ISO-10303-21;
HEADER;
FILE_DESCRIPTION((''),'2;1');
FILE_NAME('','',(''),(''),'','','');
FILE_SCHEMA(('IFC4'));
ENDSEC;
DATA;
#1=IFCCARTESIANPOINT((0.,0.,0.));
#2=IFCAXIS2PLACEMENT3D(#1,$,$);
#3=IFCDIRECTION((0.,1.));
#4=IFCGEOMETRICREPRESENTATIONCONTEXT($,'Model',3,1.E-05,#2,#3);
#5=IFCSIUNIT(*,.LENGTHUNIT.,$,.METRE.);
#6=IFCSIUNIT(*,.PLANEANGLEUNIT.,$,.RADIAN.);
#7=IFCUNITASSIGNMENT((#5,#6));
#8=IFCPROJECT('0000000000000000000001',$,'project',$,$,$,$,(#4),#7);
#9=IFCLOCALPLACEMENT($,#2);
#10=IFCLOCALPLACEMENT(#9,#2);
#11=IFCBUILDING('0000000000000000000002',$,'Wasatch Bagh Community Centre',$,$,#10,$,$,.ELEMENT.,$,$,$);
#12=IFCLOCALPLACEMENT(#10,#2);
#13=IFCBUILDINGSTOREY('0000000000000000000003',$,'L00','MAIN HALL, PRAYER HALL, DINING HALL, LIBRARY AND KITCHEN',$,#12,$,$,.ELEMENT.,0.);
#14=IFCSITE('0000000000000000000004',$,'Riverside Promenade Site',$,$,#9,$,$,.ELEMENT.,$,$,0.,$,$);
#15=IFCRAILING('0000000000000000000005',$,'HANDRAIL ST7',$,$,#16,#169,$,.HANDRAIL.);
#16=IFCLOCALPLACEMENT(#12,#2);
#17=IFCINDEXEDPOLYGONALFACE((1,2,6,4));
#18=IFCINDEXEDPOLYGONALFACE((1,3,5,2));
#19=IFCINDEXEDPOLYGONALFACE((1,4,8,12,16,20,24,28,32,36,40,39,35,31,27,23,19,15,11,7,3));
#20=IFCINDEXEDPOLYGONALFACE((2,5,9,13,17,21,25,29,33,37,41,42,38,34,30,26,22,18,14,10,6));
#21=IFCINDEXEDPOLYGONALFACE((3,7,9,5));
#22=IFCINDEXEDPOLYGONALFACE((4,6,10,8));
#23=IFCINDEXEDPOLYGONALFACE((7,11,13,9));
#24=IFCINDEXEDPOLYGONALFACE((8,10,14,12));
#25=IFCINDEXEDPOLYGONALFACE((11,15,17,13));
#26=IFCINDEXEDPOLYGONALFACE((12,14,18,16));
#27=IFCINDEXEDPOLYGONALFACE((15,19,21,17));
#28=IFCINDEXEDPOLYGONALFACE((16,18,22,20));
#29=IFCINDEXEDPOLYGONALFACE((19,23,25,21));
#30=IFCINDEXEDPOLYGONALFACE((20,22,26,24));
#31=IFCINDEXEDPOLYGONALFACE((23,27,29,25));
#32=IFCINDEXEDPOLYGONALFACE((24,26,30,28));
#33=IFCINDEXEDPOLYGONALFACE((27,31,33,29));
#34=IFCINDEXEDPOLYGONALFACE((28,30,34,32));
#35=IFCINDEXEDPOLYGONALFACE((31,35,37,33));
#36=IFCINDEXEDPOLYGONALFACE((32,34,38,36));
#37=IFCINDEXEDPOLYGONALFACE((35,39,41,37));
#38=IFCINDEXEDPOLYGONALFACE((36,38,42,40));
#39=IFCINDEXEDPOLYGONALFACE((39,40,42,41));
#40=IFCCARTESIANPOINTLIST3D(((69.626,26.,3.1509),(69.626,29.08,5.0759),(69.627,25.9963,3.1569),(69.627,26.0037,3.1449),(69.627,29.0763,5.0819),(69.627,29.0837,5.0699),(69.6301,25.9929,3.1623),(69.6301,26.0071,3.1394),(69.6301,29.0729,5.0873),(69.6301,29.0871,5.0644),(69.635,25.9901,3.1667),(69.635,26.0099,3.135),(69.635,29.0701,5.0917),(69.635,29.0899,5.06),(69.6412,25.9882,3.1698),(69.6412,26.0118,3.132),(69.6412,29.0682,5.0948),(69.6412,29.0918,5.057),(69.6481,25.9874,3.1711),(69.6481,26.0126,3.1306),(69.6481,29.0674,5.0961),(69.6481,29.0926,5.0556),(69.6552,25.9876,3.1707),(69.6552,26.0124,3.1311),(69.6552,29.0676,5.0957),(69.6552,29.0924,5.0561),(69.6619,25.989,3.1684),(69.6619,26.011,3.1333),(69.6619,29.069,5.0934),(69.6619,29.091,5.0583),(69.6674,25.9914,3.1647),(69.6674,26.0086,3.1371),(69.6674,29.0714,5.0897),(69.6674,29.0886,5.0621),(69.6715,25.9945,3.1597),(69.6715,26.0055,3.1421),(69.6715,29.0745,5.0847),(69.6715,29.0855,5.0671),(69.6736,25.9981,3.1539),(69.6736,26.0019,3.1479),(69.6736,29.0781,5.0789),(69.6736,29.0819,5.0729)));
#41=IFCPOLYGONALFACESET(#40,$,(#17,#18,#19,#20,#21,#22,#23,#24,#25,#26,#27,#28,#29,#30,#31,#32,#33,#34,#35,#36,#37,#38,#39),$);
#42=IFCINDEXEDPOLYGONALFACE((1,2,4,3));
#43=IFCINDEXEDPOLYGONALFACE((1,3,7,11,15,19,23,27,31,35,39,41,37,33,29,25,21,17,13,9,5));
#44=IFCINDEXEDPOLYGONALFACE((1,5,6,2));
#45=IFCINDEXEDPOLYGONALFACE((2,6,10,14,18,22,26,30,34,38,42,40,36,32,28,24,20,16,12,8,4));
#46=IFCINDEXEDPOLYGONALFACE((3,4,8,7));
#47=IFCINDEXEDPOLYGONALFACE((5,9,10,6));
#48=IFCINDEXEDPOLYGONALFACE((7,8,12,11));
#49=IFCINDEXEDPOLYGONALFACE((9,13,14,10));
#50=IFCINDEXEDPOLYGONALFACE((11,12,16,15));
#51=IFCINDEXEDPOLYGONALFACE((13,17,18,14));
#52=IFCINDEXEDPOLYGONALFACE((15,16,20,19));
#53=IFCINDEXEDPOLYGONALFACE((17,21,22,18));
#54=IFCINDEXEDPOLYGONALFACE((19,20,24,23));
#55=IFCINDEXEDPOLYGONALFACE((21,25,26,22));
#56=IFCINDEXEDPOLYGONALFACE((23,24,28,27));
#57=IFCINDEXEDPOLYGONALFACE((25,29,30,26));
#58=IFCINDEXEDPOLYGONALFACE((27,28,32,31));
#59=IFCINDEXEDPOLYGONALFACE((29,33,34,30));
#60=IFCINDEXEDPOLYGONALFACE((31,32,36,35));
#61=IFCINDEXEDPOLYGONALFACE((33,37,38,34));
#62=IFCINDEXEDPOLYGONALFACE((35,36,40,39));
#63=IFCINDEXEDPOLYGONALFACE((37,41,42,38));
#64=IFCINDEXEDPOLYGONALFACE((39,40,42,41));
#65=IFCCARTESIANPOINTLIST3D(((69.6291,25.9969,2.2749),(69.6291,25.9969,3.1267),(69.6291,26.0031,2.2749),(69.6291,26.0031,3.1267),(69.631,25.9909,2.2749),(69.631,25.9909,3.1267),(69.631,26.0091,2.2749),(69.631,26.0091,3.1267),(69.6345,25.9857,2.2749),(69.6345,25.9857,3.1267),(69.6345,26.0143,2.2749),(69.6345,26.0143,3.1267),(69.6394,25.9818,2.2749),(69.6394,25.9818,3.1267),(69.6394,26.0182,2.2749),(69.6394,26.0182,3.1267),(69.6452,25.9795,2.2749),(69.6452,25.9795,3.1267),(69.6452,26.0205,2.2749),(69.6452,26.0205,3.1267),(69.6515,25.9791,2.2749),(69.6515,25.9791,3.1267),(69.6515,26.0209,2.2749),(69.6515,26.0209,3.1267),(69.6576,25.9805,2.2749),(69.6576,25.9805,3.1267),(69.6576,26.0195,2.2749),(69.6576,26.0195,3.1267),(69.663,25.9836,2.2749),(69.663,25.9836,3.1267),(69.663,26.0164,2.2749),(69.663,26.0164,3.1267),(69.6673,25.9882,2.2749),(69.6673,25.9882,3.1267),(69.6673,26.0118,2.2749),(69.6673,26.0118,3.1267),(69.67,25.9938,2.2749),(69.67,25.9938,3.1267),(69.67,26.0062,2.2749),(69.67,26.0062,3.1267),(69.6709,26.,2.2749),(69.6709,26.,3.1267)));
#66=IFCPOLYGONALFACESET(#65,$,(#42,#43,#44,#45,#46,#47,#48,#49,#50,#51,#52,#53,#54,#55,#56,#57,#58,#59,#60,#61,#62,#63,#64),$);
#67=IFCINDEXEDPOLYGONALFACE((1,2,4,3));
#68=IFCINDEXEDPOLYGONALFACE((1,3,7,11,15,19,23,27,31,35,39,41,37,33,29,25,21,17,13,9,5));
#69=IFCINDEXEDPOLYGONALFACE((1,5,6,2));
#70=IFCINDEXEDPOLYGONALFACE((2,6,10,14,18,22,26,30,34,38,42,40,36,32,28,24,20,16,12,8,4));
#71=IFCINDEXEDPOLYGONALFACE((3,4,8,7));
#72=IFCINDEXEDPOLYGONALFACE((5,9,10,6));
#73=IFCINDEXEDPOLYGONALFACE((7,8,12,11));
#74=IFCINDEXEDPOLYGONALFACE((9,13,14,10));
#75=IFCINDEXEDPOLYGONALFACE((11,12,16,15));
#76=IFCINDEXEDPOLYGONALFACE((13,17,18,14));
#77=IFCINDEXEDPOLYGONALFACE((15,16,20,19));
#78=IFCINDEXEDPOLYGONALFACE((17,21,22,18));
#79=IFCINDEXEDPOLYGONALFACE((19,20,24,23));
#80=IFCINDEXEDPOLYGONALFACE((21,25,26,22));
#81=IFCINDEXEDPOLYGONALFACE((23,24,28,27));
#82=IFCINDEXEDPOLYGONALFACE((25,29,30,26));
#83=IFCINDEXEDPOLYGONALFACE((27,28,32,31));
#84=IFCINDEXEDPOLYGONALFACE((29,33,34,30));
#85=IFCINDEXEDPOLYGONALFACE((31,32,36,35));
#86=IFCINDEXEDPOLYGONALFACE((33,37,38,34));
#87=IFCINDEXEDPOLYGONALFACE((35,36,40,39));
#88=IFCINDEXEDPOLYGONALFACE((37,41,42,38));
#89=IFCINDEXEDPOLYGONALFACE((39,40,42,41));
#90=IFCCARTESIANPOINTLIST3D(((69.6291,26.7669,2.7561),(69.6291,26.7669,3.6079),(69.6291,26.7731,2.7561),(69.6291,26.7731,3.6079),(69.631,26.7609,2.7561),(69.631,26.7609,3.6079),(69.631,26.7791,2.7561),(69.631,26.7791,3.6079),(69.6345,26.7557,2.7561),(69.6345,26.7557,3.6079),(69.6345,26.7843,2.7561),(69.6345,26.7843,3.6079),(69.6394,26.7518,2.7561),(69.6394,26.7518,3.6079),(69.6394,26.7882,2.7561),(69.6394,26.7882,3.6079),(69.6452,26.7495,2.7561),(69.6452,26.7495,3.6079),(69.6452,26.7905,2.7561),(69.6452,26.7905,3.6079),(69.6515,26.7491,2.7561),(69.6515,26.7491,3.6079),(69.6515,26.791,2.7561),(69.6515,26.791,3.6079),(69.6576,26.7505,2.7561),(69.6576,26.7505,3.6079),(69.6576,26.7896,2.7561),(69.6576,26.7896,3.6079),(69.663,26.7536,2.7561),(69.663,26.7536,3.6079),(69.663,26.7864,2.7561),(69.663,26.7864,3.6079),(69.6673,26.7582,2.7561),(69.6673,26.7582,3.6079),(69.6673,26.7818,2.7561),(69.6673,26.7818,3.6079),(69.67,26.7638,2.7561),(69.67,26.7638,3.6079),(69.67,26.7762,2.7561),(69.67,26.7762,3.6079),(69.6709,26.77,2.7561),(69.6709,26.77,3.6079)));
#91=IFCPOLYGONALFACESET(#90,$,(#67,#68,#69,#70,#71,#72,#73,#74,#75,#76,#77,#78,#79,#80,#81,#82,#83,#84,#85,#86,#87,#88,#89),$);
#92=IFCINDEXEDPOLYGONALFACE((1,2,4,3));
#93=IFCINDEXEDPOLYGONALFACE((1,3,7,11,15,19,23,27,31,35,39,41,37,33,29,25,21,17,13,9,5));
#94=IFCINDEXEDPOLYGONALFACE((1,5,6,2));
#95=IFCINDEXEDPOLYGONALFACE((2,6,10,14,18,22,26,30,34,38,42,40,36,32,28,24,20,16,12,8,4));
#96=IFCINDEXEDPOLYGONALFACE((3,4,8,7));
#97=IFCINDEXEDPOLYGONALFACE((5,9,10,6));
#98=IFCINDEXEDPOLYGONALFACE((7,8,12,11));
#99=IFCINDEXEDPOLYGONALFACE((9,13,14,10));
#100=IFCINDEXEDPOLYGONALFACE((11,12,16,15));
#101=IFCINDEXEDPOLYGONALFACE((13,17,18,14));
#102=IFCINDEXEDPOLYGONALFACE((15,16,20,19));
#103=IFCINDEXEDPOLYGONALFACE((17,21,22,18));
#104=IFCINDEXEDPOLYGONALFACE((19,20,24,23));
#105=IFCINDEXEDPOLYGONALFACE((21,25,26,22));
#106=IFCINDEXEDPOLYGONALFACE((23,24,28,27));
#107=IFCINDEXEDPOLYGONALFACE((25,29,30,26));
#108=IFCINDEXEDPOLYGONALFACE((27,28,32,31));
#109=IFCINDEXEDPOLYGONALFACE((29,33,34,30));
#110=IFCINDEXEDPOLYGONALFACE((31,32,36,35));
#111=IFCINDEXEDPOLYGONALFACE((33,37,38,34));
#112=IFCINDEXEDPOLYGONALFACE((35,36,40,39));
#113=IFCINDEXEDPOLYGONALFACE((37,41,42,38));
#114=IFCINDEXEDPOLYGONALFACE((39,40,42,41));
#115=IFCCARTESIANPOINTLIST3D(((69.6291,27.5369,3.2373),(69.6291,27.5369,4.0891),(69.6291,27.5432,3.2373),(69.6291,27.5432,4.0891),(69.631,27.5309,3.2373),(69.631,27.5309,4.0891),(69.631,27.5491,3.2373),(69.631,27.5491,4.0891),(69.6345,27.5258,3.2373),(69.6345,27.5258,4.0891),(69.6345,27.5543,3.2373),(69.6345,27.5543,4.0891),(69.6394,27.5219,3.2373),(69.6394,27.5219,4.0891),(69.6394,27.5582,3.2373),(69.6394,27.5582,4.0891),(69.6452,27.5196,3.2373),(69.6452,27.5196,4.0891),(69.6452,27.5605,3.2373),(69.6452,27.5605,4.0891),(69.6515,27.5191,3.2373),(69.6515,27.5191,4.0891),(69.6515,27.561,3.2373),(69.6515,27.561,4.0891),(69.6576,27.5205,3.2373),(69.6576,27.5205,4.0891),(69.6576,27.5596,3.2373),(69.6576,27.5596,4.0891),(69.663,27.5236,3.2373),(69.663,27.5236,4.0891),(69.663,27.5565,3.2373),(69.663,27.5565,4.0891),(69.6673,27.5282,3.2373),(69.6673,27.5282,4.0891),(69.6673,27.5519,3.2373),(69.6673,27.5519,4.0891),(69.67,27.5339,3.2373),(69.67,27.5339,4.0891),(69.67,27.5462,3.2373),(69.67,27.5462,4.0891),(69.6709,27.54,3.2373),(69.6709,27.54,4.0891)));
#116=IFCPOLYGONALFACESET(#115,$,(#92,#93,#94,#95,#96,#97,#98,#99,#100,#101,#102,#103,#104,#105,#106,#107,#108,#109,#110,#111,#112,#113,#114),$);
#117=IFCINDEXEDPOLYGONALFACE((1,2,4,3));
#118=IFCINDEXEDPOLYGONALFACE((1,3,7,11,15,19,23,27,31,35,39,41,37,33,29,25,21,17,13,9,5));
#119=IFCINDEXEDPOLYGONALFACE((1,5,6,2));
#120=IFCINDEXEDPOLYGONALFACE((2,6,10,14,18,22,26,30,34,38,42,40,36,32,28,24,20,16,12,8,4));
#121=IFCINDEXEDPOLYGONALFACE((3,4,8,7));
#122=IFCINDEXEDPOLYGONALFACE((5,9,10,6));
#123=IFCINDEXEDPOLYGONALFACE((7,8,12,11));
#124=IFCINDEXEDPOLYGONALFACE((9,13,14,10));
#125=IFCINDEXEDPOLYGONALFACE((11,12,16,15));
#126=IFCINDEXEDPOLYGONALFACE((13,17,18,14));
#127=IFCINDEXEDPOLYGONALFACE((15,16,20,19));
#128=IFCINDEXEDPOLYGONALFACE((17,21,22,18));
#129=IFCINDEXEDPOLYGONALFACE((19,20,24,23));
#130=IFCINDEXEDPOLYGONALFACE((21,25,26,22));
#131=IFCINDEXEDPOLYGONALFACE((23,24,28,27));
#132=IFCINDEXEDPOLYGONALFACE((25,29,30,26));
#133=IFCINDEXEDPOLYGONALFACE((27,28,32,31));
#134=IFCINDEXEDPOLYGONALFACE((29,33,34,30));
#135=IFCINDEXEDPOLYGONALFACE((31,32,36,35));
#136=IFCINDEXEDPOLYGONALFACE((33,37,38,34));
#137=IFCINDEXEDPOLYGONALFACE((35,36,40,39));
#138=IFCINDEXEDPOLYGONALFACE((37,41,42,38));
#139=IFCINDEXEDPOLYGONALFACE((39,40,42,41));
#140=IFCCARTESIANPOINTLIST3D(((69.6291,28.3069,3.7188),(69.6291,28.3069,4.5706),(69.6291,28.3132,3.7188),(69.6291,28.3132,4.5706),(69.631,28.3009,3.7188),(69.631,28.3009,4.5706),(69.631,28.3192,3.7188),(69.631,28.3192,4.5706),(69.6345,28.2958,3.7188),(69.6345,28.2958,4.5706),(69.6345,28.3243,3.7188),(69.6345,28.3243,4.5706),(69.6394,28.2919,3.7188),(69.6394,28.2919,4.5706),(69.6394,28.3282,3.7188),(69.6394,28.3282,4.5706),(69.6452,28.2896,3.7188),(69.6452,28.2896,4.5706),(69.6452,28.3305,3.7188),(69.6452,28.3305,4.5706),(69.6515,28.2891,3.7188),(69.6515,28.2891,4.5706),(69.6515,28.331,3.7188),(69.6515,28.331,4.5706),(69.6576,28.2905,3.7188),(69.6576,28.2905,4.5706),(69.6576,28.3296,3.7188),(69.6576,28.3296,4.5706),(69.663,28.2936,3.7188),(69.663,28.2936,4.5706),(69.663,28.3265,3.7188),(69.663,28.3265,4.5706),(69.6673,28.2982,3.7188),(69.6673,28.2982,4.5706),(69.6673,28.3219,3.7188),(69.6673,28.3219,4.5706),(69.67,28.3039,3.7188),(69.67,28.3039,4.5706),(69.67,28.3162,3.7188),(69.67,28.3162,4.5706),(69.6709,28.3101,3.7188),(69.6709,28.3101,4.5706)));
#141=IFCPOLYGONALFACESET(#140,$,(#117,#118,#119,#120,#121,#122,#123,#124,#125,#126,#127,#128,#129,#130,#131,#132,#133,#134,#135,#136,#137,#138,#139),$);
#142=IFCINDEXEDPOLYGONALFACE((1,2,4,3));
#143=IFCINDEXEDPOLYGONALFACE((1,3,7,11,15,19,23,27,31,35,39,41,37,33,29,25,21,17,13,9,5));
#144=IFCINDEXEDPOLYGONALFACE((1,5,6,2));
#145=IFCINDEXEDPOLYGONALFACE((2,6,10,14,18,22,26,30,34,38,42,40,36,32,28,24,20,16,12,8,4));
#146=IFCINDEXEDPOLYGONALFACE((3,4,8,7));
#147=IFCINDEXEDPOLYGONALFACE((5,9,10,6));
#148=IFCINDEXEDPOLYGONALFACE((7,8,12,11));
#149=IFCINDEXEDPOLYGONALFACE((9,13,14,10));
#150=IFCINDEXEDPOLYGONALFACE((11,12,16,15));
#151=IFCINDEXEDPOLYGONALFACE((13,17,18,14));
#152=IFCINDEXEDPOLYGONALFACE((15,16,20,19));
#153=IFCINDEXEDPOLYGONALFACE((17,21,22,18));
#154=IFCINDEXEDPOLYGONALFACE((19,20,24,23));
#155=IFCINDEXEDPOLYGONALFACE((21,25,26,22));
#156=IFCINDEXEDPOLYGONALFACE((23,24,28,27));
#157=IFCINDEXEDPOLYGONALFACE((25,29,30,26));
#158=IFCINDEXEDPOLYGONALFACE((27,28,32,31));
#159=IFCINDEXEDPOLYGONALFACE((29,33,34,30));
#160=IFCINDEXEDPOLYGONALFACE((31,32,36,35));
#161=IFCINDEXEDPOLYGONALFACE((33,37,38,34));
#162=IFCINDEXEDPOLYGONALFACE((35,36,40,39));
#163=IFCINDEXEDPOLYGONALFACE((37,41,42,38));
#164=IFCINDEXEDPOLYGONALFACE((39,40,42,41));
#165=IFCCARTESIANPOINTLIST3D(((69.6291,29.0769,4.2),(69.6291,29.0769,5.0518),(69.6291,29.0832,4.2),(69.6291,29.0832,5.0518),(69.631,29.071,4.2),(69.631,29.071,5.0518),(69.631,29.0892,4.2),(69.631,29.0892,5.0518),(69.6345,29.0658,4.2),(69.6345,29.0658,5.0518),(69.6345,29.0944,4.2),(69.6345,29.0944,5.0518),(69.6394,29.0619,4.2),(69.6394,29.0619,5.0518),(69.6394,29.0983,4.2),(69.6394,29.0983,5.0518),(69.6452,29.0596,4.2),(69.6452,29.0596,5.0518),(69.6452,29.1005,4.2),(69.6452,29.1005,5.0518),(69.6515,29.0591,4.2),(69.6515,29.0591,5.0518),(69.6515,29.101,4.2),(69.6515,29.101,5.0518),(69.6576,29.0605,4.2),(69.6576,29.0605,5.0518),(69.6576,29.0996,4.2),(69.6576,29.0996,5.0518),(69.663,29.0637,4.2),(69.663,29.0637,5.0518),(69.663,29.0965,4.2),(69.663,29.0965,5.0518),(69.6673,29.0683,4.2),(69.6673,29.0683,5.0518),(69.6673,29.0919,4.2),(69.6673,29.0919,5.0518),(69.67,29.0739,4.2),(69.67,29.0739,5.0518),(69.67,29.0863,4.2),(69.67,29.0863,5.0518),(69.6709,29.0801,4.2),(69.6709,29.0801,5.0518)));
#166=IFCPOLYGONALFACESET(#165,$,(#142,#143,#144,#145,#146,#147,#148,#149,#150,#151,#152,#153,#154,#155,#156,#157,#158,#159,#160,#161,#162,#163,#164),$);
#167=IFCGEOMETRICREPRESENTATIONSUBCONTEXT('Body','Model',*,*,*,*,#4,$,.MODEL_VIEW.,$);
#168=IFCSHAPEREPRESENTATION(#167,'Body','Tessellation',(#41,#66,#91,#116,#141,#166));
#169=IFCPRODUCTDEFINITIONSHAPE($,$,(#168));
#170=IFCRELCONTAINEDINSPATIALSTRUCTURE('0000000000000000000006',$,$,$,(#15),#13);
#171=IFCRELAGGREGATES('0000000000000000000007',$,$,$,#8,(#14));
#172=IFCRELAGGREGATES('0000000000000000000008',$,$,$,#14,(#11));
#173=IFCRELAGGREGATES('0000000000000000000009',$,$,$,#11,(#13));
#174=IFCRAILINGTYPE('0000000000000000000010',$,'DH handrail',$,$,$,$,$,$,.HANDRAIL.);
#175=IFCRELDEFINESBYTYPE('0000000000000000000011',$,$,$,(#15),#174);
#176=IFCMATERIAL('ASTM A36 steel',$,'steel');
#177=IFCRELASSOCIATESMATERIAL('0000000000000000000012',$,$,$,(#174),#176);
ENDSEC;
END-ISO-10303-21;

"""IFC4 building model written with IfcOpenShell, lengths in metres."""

from ifc_helpers import new_model, si_unit, direction, frame, origin, origin_2d, place, context, subcontext, project, spatial, circle, extrude, material, type_object, element, save


model = new_model("IFC4")

# Units and contexts
model_context = context("Model", 3, precision=1e-05, world=origin(), true_north=direction((0.0, 1.0)))
body_context = subcontext(model_context, "Body", "Model", "MODEL_VIEW")
ifc_project = project(units=[si_unit("LENGTHUNIT", "METRE"), si_unit("PLANEANGLEUNIT", "RADIAN")], contexts=[model_context])

# Site, building, storey
site_placement = place(None, origin())
site = spatial("IfcSite", under=ifc_project, at=site_placement, Name="Riverside Promenade Site", CompositionType="ELEMENT", RefElevation=0.0)
building_placement = place(site_placement, origin())
building = spatial("IfcBuilding", under=site, at=building_placement, Name="Wasatch Bagh Community Centre", CompositionType="ELEMENT")
storey_placement = place(building_placement, origin())
storey = spatial("IfcBuildingStorey", under=building, at=storey_placement, Name="L00", Description="MAIN HALL, PRAYER HALL, DINING HALL, LIBRARY AND KITCHEN", CompositionType="ELEMENT", Elevation=0.0)

# Railing
ifc_material_1 = material(Name="ASTM A36 steel", Category="steel")
railing_type_1 = type_object("IfcRailingType", Name="DH handrail", PredefinedType="HANDRAIL", material=ifc_material_1)
for number, where, name in (
    (1, (69.6499, 26.0, 2.2749), "HANDRAIL ST7"),
):
    element("IfcRailing", number, at=place(storey_placement, frame(where)), inside=storey, type_object=railing_type_1, Name=name, PredefinedType="HANDRAIL", context=body_context, shape_type="SweptSolid", body=[
        extrude(circle(Radius=0.0239, at=origin_2d()), frame((0.0, 0.0, 0.876), z_axis=(0.0, 0.847998, 0.529999), x_axis=(-1.0, 0.0, 0.0)), (0.0, 0.0, 1.0), 3.6321),
        extrude(circle(Radius=0.021, at=origin_2d()), origin(), (0.0, 0.0, 1.0), 0.8518),
        extrude(circle(Radius=0.021, at=origin_2d()), frame((0.0, 0.77, 0.4812)), (0.0, 0.0, 1.0), 0.8518),
        extrude(circle(Radius=0.021, at=origin_2d()), frame((0.0, 1.54, 0.9624)), (0.0, 0.0, 1.0), 0.8518),
        extrude(circle(Radius=0.021, at=origin_2d()), frame((0.0, 2.3101, 1.4438)), (0.0, 0.0, 1.0), 0.8518),
        extrude(circle(Radius=0.021, at=origin_2d()), frame((0.0, 3.0801, 1.925)), (0.0, 0.0, 1.0), 0.8518),
    ])

save(model, "model.ifc")
